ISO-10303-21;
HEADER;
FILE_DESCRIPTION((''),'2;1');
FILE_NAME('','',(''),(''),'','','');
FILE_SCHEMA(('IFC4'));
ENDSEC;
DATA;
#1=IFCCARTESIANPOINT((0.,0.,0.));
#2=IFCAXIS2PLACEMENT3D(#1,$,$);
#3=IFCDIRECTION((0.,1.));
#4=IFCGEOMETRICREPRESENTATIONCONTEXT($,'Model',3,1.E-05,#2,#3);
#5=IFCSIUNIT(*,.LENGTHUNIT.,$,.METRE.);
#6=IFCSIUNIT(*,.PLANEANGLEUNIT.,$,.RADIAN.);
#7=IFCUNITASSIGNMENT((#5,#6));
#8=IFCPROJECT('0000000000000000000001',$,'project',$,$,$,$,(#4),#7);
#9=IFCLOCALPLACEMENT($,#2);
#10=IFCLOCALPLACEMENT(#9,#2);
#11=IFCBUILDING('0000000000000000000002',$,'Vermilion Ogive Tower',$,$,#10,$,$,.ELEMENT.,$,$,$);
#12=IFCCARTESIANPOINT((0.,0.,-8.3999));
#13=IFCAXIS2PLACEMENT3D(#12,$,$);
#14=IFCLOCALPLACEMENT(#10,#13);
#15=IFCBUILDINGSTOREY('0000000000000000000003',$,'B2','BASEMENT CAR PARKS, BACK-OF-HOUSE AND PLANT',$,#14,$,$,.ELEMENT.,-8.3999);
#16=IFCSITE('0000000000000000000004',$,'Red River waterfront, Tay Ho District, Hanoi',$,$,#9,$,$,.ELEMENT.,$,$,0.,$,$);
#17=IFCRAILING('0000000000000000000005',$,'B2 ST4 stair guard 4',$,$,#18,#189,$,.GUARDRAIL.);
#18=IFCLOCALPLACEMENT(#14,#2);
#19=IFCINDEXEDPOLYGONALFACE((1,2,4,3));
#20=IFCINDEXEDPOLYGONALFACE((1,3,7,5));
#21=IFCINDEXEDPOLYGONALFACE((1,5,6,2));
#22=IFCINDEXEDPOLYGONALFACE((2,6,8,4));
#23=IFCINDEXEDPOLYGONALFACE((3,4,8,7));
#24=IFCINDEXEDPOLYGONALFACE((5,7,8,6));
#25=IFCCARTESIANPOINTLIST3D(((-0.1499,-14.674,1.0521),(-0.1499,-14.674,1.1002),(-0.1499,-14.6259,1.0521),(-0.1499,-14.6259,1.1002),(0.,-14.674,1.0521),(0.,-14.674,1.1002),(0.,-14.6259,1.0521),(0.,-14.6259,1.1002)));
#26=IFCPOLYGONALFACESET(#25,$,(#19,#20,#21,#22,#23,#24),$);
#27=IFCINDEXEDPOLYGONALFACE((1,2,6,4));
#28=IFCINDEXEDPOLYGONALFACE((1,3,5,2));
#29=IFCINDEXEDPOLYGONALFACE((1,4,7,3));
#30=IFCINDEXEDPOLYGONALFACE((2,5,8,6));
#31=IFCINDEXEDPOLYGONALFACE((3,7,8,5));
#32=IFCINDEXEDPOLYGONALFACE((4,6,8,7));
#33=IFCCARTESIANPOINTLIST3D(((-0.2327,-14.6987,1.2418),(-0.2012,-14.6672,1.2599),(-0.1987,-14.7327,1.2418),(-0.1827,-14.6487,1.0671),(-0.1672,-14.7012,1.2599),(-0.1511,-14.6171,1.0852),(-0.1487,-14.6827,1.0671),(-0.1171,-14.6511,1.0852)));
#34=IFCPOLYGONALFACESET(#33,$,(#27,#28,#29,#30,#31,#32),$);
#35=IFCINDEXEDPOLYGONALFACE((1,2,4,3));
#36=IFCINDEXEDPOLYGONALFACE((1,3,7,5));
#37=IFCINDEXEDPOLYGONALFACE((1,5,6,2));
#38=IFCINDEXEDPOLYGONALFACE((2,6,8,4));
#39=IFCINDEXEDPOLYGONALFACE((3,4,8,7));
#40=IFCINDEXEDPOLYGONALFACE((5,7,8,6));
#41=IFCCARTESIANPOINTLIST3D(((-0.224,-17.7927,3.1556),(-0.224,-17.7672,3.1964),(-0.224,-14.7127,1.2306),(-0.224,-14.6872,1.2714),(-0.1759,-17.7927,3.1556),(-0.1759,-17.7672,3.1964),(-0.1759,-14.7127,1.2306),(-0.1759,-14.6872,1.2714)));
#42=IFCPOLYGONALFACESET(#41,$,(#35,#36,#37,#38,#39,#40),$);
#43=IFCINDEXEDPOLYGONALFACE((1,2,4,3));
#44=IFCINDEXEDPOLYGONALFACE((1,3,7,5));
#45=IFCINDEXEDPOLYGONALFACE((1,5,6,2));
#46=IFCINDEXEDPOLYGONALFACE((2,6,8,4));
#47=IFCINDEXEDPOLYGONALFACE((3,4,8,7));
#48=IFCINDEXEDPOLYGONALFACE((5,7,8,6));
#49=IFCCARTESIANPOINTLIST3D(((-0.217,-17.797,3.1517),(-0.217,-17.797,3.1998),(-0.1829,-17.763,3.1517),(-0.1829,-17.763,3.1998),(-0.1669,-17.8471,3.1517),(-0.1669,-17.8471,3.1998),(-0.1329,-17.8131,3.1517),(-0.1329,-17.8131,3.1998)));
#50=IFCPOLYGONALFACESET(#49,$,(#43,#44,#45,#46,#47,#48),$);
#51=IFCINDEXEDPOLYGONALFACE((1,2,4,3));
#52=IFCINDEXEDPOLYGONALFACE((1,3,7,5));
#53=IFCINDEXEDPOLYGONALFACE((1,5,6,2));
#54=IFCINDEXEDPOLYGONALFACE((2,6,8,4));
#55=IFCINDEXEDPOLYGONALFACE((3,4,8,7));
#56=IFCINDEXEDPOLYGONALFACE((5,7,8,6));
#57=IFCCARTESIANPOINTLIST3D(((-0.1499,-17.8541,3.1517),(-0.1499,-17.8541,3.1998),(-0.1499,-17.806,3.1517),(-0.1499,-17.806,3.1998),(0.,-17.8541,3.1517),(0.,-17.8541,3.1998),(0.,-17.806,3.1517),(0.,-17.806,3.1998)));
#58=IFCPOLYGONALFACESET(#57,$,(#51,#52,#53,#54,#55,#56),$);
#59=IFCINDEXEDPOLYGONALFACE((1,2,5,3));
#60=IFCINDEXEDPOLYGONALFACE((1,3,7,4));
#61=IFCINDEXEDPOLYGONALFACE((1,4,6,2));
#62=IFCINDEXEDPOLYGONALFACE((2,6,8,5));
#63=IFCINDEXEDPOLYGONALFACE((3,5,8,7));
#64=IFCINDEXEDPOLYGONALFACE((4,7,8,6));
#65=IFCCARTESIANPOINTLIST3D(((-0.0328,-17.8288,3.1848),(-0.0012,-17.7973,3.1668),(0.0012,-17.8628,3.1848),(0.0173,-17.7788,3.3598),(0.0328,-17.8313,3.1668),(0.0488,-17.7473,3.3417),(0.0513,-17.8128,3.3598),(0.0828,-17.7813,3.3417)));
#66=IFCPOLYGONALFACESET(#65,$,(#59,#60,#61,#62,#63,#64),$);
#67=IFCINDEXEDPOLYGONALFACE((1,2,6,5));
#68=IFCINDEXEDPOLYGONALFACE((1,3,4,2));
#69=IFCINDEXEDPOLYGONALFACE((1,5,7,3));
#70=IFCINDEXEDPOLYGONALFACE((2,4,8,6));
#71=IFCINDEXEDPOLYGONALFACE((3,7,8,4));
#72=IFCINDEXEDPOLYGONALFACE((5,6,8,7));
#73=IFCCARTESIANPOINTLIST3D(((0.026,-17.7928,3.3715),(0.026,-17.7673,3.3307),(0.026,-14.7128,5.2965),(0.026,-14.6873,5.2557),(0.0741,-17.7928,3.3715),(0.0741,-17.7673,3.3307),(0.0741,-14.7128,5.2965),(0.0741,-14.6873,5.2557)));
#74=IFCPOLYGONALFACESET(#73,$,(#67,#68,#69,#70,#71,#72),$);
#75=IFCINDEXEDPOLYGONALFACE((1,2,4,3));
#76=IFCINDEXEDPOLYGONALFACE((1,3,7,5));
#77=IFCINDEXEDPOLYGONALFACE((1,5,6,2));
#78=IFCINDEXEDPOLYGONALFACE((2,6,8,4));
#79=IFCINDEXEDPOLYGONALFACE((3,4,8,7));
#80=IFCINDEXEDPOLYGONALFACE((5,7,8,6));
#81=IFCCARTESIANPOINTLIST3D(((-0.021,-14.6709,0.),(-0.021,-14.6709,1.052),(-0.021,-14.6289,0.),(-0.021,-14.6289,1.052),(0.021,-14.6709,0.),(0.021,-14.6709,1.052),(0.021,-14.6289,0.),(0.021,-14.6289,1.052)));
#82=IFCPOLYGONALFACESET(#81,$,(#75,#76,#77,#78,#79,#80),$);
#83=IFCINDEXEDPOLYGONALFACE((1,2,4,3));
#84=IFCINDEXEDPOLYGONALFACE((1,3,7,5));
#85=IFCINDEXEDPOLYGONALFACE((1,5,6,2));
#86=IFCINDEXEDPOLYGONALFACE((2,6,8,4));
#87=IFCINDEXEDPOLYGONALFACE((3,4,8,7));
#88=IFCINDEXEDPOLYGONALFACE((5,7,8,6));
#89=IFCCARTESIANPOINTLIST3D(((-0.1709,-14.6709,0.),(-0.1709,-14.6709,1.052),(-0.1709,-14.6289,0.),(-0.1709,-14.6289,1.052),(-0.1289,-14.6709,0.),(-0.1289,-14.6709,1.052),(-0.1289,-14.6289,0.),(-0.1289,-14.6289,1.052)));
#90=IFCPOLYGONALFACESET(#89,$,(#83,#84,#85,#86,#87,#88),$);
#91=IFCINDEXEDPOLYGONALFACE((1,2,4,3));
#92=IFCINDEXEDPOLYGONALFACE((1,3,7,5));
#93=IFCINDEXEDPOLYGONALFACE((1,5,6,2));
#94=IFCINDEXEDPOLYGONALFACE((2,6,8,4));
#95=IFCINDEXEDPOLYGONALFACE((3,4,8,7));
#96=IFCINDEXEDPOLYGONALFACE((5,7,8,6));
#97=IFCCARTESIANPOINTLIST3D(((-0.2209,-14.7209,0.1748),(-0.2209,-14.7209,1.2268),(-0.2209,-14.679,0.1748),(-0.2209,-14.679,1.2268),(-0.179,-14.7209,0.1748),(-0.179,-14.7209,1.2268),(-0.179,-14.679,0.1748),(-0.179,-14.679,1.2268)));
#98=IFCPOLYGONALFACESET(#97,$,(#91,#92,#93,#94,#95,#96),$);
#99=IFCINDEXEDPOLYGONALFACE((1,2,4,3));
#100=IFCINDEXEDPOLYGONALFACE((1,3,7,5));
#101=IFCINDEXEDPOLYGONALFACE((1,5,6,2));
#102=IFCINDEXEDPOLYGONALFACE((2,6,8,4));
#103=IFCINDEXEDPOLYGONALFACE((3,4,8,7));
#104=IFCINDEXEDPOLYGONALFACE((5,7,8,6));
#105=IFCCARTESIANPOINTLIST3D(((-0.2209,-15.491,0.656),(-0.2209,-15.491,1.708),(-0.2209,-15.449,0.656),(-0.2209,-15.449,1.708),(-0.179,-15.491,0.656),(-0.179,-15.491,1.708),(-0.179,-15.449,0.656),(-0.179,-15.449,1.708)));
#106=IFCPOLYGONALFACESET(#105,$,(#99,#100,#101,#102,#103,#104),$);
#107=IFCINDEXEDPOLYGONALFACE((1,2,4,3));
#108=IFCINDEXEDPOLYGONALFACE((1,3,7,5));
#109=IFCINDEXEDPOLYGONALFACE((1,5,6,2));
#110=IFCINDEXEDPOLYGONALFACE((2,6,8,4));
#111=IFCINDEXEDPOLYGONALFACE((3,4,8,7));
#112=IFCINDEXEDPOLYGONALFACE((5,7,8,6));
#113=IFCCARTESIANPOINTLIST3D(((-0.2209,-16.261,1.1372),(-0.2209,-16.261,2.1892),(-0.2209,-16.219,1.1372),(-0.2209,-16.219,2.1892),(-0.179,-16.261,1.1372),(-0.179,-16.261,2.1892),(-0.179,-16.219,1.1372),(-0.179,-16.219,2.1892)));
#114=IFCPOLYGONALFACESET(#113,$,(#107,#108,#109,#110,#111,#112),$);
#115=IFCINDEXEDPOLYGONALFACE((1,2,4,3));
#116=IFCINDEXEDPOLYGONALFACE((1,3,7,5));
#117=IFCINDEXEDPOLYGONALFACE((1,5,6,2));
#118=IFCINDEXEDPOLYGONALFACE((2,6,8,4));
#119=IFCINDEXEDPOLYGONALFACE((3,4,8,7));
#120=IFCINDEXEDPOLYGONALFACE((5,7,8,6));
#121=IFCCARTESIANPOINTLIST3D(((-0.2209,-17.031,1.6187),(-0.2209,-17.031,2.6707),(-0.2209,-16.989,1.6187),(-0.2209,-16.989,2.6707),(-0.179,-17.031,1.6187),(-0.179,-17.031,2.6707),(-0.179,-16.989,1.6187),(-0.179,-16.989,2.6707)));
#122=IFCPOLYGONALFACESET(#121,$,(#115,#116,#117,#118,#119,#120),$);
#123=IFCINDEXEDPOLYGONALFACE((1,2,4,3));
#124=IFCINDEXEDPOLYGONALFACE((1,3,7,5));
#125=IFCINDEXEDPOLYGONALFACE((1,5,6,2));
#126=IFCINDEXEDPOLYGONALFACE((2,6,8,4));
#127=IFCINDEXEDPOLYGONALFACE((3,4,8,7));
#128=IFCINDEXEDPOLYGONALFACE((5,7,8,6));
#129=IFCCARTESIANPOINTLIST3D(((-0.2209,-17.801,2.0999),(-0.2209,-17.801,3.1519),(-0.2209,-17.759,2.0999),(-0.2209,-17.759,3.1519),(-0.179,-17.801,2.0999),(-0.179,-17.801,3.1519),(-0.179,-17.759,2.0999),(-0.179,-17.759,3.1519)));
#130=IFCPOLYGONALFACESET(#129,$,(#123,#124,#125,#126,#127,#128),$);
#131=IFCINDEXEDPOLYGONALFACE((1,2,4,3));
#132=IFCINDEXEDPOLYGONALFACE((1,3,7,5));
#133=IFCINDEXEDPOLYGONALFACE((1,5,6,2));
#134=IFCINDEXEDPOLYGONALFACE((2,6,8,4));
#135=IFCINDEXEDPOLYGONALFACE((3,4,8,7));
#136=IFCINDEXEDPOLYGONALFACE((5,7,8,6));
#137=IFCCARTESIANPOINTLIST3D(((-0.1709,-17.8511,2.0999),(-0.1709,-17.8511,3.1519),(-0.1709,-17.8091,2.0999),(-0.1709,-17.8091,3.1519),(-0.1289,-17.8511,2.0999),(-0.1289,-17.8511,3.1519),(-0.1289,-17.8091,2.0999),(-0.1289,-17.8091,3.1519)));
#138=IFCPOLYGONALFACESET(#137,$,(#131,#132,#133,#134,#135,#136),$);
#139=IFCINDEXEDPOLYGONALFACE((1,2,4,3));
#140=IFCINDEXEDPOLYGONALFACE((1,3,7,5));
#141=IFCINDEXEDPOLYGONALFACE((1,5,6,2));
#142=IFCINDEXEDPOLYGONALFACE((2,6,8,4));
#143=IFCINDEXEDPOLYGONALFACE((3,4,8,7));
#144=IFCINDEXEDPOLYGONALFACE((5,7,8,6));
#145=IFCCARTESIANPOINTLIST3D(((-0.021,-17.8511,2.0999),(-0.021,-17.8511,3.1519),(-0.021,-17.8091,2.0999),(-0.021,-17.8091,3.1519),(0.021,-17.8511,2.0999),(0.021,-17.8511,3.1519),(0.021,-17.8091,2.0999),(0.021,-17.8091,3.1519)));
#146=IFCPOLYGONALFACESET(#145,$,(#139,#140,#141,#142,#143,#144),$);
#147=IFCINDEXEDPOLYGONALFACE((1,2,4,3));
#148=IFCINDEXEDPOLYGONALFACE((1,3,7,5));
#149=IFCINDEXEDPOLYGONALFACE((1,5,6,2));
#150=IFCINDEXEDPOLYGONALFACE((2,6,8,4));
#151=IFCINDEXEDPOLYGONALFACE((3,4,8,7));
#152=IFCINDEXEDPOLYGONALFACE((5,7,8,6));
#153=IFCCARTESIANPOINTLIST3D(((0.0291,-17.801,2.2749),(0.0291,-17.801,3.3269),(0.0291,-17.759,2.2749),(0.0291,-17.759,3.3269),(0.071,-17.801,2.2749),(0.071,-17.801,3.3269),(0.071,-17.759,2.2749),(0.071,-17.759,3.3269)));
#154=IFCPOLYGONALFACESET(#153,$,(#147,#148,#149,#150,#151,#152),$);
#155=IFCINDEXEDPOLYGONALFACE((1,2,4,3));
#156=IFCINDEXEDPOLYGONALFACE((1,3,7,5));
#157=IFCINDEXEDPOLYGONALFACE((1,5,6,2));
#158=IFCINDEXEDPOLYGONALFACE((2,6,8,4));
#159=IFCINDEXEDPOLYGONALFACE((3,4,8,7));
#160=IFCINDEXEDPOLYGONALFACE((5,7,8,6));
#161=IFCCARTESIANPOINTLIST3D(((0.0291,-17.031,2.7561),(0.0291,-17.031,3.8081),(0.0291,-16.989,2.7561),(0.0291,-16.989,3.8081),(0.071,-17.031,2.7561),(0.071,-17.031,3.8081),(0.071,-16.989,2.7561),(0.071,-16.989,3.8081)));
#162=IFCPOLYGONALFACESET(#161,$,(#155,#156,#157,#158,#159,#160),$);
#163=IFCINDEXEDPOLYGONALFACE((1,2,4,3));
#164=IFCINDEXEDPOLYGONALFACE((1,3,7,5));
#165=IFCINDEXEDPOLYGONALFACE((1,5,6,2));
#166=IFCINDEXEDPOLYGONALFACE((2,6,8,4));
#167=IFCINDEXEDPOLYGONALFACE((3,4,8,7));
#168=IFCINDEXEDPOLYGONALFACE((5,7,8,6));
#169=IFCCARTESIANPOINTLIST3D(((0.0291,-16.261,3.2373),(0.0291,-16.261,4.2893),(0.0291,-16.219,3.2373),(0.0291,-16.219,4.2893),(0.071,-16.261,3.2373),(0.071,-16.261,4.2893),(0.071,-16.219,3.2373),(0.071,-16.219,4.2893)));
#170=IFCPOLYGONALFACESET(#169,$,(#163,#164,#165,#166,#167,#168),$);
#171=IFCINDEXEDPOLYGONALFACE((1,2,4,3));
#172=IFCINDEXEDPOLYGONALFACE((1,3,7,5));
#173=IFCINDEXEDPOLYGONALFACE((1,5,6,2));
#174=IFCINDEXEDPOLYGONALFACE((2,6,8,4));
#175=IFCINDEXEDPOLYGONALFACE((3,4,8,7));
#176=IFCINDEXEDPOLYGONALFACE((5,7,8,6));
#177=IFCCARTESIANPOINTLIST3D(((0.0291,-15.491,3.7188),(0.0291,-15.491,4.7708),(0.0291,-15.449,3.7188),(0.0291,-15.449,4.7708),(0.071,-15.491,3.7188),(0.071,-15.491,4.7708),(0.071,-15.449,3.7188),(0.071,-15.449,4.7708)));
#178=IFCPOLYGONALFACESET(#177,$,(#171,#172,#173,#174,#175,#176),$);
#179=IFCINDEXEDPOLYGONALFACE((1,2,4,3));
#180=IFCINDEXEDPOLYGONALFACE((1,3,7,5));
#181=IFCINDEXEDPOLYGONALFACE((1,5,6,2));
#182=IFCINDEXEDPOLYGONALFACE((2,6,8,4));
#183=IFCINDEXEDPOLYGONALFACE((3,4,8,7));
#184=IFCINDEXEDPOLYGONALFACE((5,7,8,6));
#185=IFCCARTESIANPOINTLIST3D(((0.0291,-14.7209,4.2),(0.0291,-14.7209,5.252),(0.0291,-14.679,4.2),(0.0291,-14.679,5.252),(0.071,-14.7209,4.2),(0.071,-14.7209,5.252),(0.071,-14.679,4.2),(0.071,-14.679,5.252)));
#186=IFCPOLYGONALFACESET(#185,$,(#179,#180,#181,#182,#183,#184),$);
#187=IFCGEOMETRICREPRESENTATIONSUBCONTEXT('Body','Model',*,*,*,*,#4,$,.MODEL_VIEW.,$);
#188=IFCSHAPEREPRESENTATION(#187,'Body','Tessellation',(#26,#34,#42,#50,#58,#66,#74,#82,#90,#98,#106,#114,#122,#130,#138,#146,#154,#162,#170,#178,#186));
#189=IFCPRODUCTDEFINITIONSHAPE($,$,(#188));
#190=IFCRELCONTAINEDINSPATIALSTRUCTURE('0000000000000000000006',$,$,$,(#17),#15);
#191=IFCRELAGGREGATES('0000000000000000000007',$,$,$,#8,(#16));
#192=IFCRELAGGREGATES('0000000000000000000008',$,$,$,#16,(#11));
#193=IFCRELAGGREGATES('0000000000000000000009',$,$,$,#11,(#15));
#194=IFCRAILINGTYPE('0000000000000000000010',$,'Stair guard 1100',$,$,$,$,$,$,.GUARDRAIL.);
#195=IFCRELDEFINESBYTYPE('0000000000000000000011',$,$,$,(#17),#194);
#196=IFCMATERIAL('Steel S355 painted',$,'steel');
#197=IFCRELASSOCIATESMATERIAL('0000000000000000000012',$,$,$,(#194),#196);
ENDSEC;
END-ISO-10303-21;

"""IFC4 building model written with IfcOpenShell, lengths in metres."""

from ifc_helpers import new_model, si_unit, direction, frame, origin, origin_2d, place, context, subcontext, project, spatial, rectangle, extrude, material, type_object, element, save


model = new_model("IFC4")

# Units and contexts
model_context = context("Model", 3, precision=1e-05, world=origin(), true_north=direction((0.0, 1.0)))
body_context = subcontext(model_context, "Body", "Model", "MODEL_VIEW")
ifc_project = project(units=[si_unit("LENGTHUNIT", "METRE"), si_unit("PLANEANGLEUNIT", "RADIAN")], contexts=[model_context])

# Site, building, storey
site_placement = place(None, origin())
site = spatial("IfcSite", under=ifc_project, at=site_placement, Name="Red River waterfront, Tay Ho District, Hanoi", CompositionType="ELEMENT", RefElevation=0.0)
building_placement = place(site_placement, origin())
building = spatial("IfcBuilding", under=site, at=building_placement, Name="Vermilion Ogive Tower", CompositionType="ELEMENT")
storey_placement = place(building_placement, frame((0.0, 0.0, -8.3999)))
storey = spatial("IfcBuildingStorey", under=building, at=storey_placement, Name="B2", Description="BASEMENT CAR PARKS, BACK-OF-HOUSE AND PLANT", CompositionType="ELEMENT", Elevation=-8.3999)

# Railing
ifc_material_1 = material(Name="Steel S355 painted", Category="steel")
railing_type_1 = type_object("IfcRailingType", Name="Stair guard 1100", PredefinedType="GUARDRAIL", material=ifc_material_1)
railing_1_placement = place(storey_placement, frame((0.0, -14.6499, 0.0)))
element("IfcRailing", 1, at=railing_1_placement, inside=storey, type_object=railing_type_1, Name="B2 ST4 stair guard 4", PredefinedType="GUARDRAIL", context=body_context, shape_type="SweptSolid", body=[
    extrude(rectangle(XDim=0.0481, YDim=0.0481, at=origin_2d()), frame((0.0, 0.0, 1.0762), z_axis=(-1.0, 0.0, 0.0), x_axis=(0.0, -1.0, 0.0)), (0.0, 0.0, 1.0), 0.1499),
    extrude(rectangle(XDim=0.0481, YDim=0.0481, at=origin_2d()), frame((-0.1499, 0.0, 1.0762), z_axis=(-0.265383, -0.265383, 0.9269), x_axis=(0.707107, -0.707107, 0.0)), (0.0, 0.0, 1.0), 0.1885),
    extrude(rectangle(XDim=0.0481, YDim=0.0481, at=origin_2d()), frame((-0.2, -0.05, 1.251), z_axis=(0.0, -0.847998, 0.529999), x_axis=(1.0, 0.0, 0.0)), (0.0, 0.0, 1.0), 3.6321),
    extrude(rectangle(XDim=0.0481, YDim=0.0481, at=origin_2d()), frame((-0.2, -3.1301, 3.1758), z_axis=(0.707107, -0.707107, 0.0), x_axis=(0.707107, 0.707107, 0.0)), (0.0, 0.0, 1.0), 0.0708),
    extrude(rectangle(XDim=0.0481, YDim=0.0481, at=origin_2d()), frame((-0.1499, -3.1802, 3.1758), z_axis=(1.0, 0.0, 0.0), x_axis=(0.0, 1.0, 0.0)), (0.0, 0.0, 1.0), 0.1499),
    extrude(rectangle(XDim=0.0481, YDim=0.0481, at=origin_2d()), frame((0.0, -3.1802, 3.1758), z_axis=(0.265065, 0.265065, 0.927082), x_axis=(-0.707107, 0.707107, 0.0)), (0.0, 0.0, 1.0), 0.1887),
    extrude(rectangle(XDim=0.0481, YDim=0.0481, at=origin_2d()), frame((0.05, -3.1301, 3.3511), z_axis=(0.0, 0.847998, 0.529999), x_axis=(-1.0, 0.0, 0.0)), (0.0, 0.0, 1.0), 3.6321),
    extrude(rectangle(XDim=0.042, YDim=0.042, at=origin_2d()), origin(), (0.0, 0.0, 1.0), 1.052),
    extrude(rectangle(XDim=0.042, YDim=0.042, at=origin_2d()), frame((-0.1499, 0.0, 0.0)), (0.0, 0.0, 1.0), 1.052),
    extrude(rectangle(XDim=0.042, YDim=0.042, at=origin_2d()), frame((-0.2, -0.05, 0.1748)), (0.0, 0.0, 1.0), 1.052),
    extrude(rectangle(XDim=0.042, YDim=0.042, at=origin_2d()), frame((-0.2, -0.8201, 0.656)), (0.0, 0.0, 1.0), 1.052),
    extrude(rectangle(XDim=0.042, YDim=0.042, at=origin_2d()), frame((-0.2, -1.5901, 1.1372)), (0.0, 0.0, 1.0), 1.052),
    extrude(rectangle(XDim=0.042, YDim=0.042, at=origin_2d()), frame((-0.2, -2.3601, 1.6187)), (0.0, 0.0, 1.0), 1.052),
    extrude(rectangle(XDim=0.042, YDim=0.042, at=origin_2d()), frame((-0.2, -3.1301, 2.0999)), (0.0, 0.0, 1.0), 1.052),
    extrude(rectangle(XDim=0.042, YDim=0.042, at=origin_2d()), frame((-0.1499, -3.1802, 2.0999)), (0.0, 0.0, 1.0), 1.052),
    extrude(rectangle(XDim=0.042, YDim=0.042, at=origin_2d()), frame((0.0, -3.1802, 2.0999)), (0.0, 0.0, 1.0), 1.052),
    extrude(rectangle(XDim=0.042, YDim=0.042, at=origin_2d()), frame((0.05, -3.1301, 2.2749)), (0.0, 0.0, 1.0), 1.052),
    extrude(rectangle(XDim=0.042, YDim=0.042, at=origin_2d()), frame((0.05, -2.3601, 2.7561)), (0.0, 0.0, 1.0), 1.052),
    extrude(rectangle(XDim=0.042, YDim=0.042, at=origin_2d()), frame((0.05, -1.5901, 3.2373)), (0.0, 0.0, 1.0), 1.052),
    extrude(rectangle(XDim=0.042, YDim=0.042, at=origin_2d()), frame((0.05, -0.8201, 3.7188)), (0.0, 0.0, 1.0), 1.052),
    extrude(rectangle(XDim=0.042, YDim=0.042, at=origin_2d()), frame((0.05, -0.05, 4.2)), (0.0, 0.0, 1.0), 1.052),
])

save(model, "model.ifc")
